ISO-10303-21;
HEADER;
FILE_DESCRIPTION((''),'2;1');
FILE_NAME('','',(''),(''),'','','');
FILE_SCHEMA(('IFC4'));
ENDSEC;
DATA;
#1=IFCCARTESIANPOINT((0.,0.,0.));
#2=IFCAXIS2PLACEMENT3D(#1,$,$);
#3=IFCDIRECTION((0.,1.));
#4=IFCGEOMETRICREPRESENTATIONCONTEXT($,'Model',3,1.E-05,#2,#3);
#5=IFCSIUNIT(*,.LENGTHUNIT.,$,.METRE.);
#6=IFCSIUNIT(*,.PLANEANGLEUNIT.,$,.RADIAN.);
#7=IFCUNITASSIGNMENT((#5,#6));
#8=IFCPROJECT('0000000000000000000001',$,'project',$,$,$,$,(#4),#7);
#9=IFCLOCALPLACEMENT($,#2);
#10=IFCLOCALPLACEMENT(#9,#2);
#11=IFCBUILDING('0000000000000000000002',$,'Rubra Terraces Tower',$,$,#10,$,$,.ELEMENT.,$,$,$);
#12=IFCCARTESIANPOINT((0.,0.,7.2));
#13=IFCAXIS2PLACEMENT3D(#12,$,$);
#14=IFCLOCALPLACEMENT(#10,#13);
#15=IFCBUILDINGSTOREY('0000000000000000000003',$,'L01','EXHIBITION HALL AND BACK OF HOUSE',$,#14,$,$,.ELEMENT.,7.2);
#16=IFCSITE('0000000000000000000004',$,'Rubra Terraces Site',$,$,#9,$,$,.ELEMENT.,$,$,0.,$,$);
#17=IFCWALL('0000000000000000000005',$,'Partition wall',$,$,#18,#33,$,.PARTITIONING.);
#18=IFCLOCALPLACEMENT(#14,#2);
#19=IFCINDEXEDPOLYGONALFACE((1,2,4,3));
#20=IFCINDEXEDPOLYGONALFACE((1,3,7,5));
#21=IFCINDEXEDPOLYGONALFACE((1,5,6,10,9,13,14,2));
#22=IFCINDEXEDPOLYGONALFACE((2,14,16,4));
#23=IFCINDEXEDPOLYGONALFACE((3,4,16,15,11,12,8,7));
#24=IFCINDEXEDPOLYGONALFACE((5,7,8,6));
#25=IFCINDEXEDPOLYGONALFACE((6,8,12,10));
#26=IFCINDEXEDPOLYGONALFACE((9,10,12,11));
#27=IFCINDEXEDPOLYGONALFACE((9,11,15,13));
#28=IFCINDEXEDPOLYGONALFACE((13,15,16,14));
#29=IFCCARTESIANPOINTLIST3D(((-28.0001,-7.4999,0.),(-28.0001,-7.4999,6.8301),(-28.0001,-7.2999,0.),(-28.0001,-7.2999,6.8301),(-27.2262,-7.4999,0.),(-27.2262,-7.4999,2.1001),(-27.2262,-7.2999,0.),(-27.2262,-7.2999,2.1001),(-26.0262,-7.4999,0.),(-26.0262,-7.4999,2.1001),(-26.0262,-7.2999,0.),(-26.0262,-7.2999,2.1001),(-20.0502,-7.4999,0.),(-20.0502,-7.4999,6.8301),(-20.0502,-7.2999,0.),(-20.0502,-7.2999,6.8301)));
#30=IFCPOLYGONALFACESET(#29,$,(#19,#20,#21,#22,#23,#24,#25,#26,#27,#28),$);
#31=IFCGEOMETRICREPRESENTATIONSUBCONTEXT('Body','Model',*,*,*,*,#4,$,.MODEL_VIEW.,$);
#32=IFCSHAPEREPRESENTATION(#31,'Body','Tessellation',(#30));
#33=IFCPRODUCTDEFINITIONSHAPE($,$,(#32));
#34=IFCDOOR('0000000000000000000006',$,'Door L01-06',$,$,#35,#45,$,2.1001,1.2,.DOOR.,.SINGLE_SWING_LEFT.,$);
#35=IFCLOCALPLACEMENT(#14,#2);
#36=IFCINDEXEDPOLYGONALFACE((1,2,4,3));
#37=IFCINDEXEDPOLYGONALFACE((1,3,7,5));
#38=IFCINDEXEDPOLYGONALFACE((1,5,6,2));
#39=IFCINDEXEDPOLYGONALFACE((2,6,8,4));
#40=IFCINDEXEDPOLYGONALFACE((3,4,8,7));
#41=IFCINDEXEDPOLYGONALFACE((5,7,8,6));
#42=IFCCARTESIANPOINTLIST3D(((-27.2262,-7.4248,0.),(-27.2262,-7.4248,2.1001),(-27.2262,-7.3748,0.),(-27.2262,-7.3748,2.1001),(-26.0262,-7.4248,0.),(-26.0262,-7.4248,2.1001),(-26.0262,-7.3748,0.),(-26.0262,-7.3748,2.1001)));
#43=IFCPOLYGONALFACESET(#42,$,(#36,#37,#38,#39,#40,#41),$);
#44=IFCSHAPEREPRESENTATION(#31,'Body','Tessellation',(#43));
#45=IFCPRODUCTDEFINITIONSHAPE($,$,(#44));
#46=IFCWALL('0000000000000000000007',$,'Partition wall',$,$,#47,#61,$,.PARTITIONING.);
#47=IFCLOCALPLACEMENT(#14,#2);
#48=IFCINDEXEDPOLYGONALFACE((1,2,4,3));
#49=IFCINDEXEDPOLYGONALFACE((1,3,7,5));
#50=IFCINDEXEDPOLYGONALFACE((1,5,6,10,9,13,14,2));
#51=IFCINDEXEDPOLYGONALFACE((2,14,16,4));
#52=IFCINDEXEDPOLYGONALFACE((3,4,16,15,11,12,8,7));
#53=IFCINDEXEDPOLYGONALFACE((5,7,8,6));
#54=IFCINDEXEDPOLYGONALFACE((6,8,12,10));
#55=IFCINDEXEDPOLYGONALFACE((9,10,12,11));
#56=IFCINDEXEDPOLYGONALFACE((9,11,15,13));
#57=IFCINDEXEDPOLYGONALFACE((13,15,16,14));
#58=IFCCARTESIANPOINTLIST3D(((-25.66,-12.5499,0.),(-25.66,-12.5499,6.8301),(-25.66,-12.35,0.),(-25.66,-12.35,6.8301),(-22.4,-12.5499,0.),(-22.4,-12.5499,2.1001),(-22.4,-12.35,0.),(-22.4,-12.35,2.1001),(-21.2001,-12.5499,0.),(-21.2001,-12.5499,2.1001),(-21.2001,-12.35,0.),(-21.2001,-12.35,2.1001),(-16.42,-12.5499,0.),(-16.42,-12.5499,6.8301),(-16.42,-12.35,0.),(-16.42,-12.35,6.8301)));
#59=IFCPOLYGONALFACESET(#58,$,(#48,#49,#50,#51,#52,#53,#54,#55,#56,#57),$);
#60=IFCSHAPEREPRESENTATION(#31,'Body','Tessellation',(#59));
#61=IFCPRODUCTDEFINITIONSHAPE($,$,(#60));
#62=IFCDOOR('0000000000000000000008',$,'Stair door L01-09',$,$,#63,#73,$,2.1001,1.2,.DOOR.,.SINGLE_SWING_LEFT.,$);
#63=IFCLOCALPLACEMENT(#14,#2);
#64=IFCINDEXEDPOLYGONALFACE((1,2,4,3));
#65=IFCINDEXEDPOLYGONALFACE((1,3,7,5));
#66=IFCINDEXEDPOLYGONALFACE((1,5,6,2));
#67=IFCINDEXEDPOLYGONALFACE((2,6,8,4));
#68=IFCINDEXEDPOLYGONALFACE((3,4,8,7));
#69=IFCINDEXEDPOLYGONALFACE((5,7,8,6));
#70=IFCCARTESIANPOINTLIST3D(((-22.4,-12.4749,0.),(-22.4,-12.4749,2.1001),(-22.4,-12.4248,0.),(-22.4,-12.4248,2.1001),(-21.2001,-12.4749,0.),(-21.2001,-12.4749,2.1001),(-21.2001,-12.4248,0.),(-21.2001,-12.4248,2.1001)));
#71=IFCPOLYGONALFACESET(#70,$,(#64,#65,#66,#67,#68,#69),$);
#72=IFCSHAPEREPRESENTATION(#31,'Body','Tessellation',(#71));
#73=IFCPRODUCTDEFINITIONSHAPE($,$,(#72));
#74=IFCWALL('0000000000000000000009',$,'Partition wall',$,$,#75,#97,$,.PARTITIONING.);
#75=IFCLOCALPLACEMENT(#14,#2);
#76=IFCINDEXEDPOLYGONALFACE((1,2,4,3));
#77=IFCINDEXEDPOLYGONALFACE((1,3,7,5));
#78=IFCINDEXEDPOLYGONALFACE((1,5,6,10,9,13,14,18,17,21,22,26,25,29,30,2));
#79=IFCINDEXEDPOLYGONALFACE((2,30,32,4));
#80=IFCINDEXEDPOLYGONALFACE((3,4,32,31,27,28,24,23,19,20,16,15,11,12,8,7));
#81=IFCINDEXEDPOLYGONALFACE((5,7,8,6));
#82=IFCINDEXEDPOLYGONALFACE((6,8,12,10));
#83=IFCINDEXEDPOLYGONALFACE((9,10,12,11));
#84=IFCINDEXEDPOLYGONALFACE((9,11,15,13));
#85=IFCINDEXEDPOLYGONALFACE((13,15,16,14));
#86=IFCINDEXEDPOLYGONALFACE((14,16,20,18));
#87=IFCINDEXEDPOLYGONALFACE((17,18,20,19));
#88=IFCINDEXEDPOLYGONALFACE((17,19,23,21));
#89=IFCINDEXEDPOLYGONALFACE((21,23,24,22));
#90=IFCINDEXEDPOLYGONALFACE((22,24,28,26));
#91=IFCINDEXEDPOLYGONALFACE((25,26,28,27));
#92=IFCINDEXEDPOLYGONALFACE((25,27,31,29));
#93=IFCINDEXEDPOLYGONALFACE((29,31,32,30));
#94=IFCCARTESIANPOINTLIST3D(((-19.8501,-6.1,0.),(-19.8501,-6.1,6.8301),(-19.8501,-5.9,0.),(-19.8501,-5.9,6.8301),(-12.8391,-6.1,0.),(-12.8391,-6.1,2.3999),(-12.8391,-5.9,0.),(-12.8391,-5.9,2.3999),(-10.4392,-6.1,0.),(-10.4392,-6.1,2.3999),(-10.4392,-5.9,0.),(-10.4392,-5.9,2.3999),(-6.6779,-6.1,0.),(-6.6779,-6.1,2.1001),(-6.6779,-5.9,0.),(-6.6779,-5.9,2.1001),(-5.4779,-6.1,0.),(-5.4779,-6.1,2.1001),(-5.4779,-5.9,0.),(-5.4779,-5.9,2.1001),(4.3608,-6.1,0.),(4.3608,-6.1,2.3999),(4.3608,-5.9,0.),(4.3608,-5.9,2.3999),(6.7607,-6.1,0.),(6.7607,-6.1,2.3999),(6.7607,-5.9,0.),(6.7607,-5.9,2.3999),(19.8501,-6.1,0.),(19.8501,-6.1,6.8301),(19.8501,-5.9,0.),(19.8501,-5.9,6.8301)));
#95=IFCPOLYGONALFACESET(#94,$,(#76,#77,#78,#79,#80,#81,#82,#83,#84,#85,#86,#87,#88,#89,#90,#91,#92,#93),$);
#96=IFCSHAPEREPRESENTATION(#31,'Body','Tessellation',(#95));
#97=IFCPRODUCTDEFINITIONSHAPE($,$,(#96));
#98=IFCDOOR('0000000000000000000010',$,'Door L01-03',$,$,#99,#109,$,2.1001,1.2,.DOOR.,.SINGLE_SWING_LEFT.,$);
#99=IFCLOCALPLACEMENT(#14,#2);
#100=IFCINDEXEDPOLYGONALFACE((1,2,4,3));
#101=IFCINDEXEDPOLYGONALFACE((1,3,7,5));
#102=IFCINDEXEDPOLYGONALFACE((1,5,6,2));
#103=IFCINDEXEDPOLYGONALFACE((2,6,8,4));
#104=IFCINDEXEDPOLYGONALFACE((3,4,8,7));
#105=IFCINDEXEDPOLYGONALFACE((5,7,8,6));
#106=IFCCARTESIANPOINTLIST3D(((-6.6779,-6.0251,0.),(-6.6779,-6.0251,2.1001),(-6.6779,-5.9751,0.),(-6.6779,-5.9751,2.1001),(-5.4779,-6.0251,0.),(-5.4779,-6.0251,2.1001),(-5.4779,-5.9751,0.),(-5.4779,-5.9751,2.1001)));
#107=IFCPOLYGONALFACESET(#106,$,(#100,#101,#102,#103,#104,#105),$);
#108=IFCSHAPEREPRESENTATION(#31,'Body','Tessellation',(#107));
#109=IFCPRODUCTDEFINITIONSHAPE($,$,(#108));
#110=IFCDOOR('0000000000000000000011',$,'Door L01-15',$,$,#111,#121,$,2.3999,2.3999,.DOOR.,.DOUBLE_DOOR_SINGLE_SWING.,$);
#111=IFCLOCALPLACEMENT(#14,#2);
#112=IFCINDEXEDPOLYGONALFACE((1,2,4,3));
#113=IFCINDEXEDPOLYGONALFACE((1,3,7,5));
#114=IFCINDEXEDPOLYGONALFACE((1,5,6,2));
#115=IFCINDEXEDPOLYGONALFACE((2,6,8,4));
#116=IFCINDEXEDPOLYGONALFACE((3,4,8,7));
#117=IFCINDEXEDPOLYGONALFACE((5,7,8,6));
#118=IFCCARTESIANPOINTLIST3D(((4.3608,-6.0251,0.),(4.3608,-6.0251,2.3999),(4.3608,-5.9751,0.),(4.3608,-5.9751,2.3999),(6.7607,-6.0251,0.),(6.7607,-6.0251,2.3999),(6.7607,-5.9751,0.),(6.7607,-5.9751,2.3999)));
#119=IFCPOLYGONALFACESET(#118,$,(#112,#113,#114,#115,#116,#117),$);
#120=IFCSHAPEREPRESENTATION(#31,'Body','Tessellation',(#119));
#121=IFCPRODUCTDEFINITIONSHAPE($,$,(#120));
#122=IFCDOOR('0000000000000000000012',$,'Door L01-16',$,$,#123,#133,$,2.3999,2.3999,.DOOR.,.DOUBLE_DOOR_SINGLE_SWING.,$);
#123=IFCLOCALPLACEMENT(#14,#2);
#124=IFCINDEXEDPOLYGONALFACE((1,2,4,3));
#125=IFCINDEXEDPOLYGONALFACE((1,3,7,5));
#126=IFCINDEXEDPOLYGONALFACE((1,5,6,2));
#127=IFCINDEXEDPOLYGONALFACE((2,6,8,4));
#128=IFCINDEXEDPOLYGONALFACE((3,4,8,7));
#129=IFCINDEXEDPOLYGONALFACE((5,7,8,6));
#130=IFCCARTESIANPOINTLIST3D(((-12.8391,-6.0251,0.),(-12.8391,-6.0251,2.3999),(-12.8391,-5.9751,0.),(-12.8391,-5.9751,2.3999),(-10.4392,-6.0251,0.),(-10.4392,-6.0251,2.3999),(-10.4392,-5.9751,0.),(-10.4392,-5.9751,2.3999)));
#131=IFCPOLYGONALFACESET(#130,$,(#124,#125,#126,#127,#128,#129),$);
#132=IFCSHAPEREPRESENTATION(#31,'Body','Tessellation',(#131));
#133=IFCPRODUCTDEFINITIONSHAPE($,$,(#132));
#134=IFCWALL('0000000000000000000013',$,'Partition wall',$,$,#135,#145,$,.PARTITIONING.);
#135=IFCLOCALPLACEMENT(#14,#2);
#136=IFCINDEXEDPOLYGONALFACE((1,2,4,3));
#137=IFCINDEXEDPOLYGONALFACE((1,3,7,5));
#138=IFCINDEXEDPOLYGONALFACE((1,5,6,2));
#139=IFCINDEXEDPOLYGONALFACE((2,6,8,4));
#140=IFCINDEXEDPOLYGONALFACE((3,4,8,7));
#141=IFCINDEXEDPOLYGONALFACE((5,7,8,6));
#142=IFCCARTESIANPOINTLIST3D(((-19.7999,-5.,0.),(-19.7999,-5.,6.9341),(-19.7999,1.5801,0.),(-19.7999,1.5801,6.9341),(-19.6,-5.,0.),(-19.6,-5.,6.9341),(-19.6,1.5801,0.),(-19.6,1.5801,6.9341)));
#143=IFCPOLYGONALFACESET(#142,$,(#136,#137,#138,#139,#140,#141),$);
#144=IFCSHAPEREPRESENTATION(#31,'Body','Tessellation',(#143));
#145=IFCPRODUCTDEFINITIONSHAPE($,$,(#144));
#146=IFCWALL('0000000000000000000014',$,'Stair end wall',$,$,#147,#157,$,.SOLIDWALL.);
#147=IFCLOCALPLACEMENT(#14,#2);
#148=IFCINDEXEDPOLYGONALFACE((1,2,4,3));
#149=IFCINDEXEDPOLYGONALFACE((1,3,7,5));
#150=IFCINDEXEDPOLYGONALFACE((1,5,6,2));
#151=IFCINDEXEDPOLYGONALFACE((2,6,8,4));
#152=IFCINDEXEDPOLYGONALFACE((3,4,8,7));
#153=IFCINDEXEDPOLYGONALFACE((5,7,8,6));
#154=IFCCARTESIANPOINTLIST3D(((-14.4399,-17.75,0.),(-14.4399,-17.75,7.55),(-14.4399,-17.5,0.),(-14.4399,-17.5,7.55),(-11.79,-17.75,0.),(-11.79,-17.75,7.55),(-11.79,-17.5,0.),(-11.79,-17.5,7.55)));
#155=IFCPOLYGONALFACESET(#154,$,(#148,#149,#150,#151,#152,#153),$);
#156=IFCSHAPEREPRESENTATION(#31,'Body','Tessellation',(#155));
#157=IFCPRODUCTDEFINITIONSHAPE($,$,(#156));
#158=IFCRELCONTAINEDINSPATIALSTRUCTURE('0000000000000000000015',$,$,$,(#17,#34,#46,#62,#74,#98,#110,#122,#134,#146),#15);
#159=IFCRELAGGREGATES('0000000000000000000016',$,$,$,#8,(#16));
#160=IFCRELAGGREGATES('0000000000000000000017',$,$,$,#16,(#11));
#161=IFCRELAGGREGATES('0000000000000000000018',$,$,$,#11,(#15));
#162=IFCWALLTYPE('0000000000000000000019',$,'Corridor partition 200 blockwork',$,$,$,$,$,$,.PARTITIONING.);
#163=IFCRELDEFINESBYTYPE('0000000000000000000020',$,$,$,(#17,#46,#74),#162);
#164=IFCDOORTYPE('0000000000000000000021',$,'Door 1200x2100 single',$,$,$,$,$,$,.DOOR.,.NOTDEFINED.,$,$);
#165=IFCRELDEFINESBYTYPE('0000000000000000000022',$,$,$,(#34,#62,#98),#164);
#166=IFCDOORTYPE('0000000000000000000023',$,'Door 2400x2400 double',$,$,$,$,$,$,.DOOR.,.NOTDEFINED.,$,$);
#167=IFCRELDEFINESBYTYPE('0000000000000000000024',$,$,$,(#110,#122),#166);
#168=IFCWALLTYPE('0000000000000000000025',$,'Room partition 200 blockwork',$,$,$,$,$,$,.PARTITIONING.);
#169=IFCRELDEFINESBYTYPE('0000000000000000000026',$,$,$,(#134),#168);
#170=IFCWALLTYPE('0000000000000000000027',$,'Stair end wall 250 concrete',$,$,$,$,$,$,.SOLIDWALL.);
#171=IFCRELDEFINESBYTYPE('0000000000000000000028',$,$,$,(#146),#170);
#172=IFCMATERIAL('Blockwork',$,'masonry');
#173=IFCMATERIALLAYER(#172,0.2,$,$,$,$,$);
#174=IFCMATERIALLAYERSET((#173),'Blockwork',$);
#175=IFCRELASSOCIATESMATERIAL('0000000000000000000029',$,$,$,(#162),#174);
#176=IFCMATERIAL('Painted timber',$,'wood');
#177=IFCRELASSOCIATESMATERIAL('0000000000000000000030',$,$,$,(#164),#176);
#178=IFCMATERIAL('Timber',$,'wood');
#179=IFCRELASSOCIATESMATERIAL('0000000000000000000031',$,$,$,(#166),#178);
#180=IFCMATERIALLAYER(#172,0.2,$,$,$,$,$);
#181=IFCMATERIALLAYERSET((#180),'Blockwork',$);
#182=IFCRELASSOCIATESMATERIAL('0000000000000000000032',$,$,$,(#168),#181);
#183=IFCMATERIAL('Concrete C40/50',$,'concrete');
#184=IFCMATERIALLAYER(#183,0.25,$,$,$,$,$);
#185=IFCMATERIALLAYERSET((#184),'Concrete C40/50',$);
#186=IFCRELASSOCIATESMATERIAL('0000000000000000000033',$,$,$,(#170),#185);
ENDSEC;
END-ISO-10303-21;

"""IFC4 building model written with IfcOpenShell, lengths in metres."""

from ifc_helpers import new_model, si_unit, direction, frame, frame_2d, origin, place, context, subcontext, project, spatial, rectangle, extrude, material, layer, layer_set, type_object, element, fill, save


model = new_model("IFC4")

# Units and contexts
model_context = context("Model", 3, precision=1e-05, world=origin(), true_north=direction((0.0, 1.0)))
body_context = subcontext(model_context, "Body", "Model", "MODEL_VIEW")
ifc_project = project(units=[si_unit("LENGTHUNIT", "METRE"), si_unit("PLANEANGLEUNIT", "RADIAN")], contexts=[model_context])

# Site, building, storey
site_placement = place(None, origin())
site = spatial("IfcSite", under=ifc_project, at=site_placement, Name="Rubra Terraces Site", CompositionType="ELEMENT", RefElevation=0.0)
building_placement = place(site_placement, origin())
building = spatial("IfcBuilding", under=site, at=building_placement, Name="Rubra Terraces Tower", CompositionType="ELEMENT")
storey_placement = place(building_placement, frame((0.0, 0.0, 7.2)))
storey = spatial("IfcBuildingStorey", under=building, at=storey_placement, Name="L01", Description="EXHIBITION HALL AND BACK OF HOUSE", CompositionType="ELEMENT", Elevation=7.2)

# Shared definitions
ifc_material_1 = material(Name="Blockwork", Category="masonry")
ifc_layer_1 = layer(ifc_material_1, 0.2)
ifc_layer_set_1 = layer_set([ifc_layer_1], Name="Blockwork")
wall_type_1 = type_object("IfcWallType", Name="Corridor partition 200 blockwork", PredefinedType="PARTITIONING", material=ifc_layer_set_1)

# Walls, openings, doors
wall_1_placement = place(storey_placement, frame((-20.05, -7.3999, 0.0), z_axis=(0.0, 0.0, 1.0), x_axis=(-1.0, 0.0, 0.0)))
wall_1 = element("IfcWall", 1, at=wall_1_placement, inside=storey, type_object=wall_type_1, Name="Partition wall", PredefinedType="PARTITIONING", context=body_context, shape_type="SweptSolid", body=[
    extrude(rectangle(XDim=7.95, YDim=0.2, at=frame_2d((3.9751, 0.0))), origin(), (0.0, 0.0, 1.0), 6.8301),
])
opening_1_placement = place(wall_1_placement, frame((5.9761, 0.0, 0.0)))
opening_1 = element("IfcOpeningElement", 2, at=opening_1_placement, cuts=wall_1, PredefinedType="OPENING", context=body_context, shape_type="SweptSolid", body=[
    extrude(rectangle(XDim=1.2, YDim=2.1001, at=frame_2d((0.6001, 1.05))), frame((0.0, 0.1099, 0.0), z_axis=(0.0, -1.0, 0.0), x_axis=(1.0, 0.0, 0.0)), (0.0, 0.0, 1.0), 0.22),
])
ifc_material_2 = material(Name="Painted timber", Category="wood")
door_type_1 = type_object("IfcDoorType", Name="Door 1200x2100 single", OperationType="NOTDEFINED", PredefinedType="DOOR", material=ifc_material_2)
door_1_placement = place(opening_1_placement, origin())
door_1 = element("IfcDoor", 3, at=door_1_placement, inside=storey, type_object=door_type_1, Name="Door L01-06", OperationType="SINGLE_SWING_LEFT", OverallHeight=2.1001, OverallWidth=1.2, PredefinedType="DOOR", context=body_context, shape_type="SweptSolid", body=[
    extrude(rectangle(XDim=1.2, YDim=2.1001, at=frame_2d((0.6001, 1.05))), frame((0.0, 0.0249, 0.0), z_axis=(0.0, -1.0, 0.0), x_axis=(1.0, 0.0, 0.0)), (0.0, 0.0, 1.0), 0.05),
])
fill(opening_1, door_1)
wall_2_placement = place(storey_placement, frame((-16.4199, -12.45, 0.0), z_axis=(0.0, 0.0, 1.0), x_axis=(-1.0, 0.0, 0.0)))
wall_2 = element("IfcWall", 4, at=wall_2_placement, inside=storey, type_object=wall_type_1, Name="Partition wall", PredefinedType="PARTITIONING", context=body_context, shape_type="SweptSolid", body=[
    extrude(rectangle(XDim=9.24, YDim=0.2, at=frame_2d((4.6201, 0.0))), origin(), (0.0, 0.0, 1.0), 6.8301),
])
opening_2_placement = place(wall_2_placement, frame((4.78, 0.0, 0.0)))
opening_2 = element("IfcOpeningElement", 5, at=opening_2_placement, cuts=wall_2, PredefinedType="OPENING", context=body_context, shape_type="SweptSolid", body=[
    extrude(rectangle(XDim=1.2, YDim=2.1001, at=frame_2d((0.6001, 1.05))), frame((0.0, 0.1099, 0.0), z_axis=(0.0, -1.0, 0.0), x_axis=(1.0, 0.0, 0.0)), (0.0, 0.0, 1.0), 0.22),
])
door_2_placement = place(opening_2_placement, origin())
door_2 = element("IfcDoor", 6, at=door_2_placement, inside=storey, type_object=door_type_1, Name="Stair door L01-09", OperationType="SINGLE_SWING_LEFT", OverallHeight=2.1001, OverallWidth=1.2, PredefinedType="DOOR", context=body_context, shape_type="SweptSolid", body=[
    extrude(rectangle(XDim=1.2, YDim=2.1001, at=frame_2d((0.6001, 1.05))), frame((0.0, 0.0249, 0.0), z_axis=(0.0, -1.0, 0.0), x_axis=(1.0, 0.0, 0.0)), (0.0, 0.0, 1.0), 0.05),
])
fill(opening_2, door_2)

# Wall, openings, doors
wall_3_placement = place(storey_placement, frame((-19.8501, -6.0, 0.0), z_axis=(0.0, 0.0, 1.0), x_axis=(1.0, 0.0, 0.0)))
wall_3 = element("IfcWall", 7, at=wall_3_placement, inside=storey, type_object=wall_type_1, Name="Partition wall", PredefinedType="PARTITIONING", context=body_context, shape_type="SweptSolid", body=[
    extrude(rectangle(XDim=39.7002, YDim=0.2, at=frame_2d((19.8501, 0.0))), origin(), (0.0, 0.0, 1.0), 6.8301),
])
opening_3_placement = place(wall_3_placement, frame((13.1721, 0.0, 0.0)))
opening_3 = element("IfcOpeningElement", 8, at=opening_3_placement, cuts=wall_3, PredefinedType="OPENING", context=body_context, shape_type="SweptSolid", body=[
    extrude(rectangle(XDim=1.2, YDim=2.1001, at=frame_2d((0.6001, 1.05))), frame((0.0, 0.1099, 0.0), z_axis=(0.0, -1.0, 0.0), x_axis=(1.0, 0.0, 0.0)), (0.0, 0.0, 1.0), 0.22),
])
opening_4_placement = place(wall_3_placement, frame((24.2109, 0.0, 0.0)))
opening_4 = element("IfcOpeningElement", 9, at=opening_4_placement, cuts=wall_3, PredefinedType="OPENING", context=body_context, shape_type="SweptSolid", body=[
    extrude(rectangle(XDim=2.3999, YDim=2.3999, at=frame_2d((1.2, 1.2))), frame((0.0, 0.1099, 0.0), z_axis=(0.0, -1.0, 0.0), x_axis=(1.0, 0.0, 0.0)), (0.0, 0.0, 1.0), 0.22),
])
opening_5_placement = place(wall_3_placement, frame((7.011, 0.0, 0.0)))
opening_5 = element("IfcOpeningElement", 10, at=opening_5_placement, cuts=wall_3, PredefinedType="OPENING", context=body_context, shape_type="SweptSolid", body=[
    extrude(rectangle(XDim=2.3999, YDim=2.3999, at=frame_2d((1.2, 1.2))), frame((0.0, 0.1099, 0.0), z_axis=(0.0, -1.0, 0.0), x_axis=(1.0, 0.0, 0.0)), (0.0, 0.0, 1.0), 0.22),
])
door_3_placement = place(opening_3_placement, origin())
door_3 = element("IfcDoor", 11, at=door_3_placement, inside=storey, type_object=door_type_1, Name="Door L01-03", OperationType="SINGLE_SWING_LEFT", OverallHeight=2.1001, OverallWidth=1.2, PredefinedType="DOOR", context=body_context, shape_type="SweptSolid", body=[
    extrude(rectangle(XDim=1.2, YDim=2.1001, at=frame_2d((0.6001, 1.05))), frame((0.0, 0.0249, 0.0), z_axis=(0.0, -1.0, 0.0), x_axis=(1.0, 0.0, 0.0)), (0.0, 0.0, 1.0), 0.05),
])
fill(opening_3, door_3)
ifc_material_3 = material(Name="Timber", Category="wood")
door_type_2 = type_object("IfcDoorType", Name="Door 2400x2400 double", OperationType="NOTDEFINED", PredefinedType="DOOR", material=ifc_material_3)
door_4_placement = place(opening_4_placement, origin())
door_4 = element("IfcDoor", 12, at=door_4_placement, inside=storey, type_object=door_type_2, Name="Door L01-15", OperationType="DOUBLE_DOOR_SINGLE_SWING", OverallHeight=2.3999, OverallWidth=2.3999, PredefinedType="DOOR", context=body_context, shape_type="SweptSolid", body=[
    extrude(rectangle(XDim=2.3999, YDim=2.3999, at=frame_2d((1.2, 1.2))), frame((0.0, 0.0249, 0.0), z_axis=(0.0, -1.0, 0.0), x_axis=(1.0, 0.0, 0.0)), (0.0, 0.0, 1.0), 0.05),
])
fill(opening_4, door_4)
door_5_placement = place(opening_5_placement, origin())
door_5 = element("IfcDoor", 13, at=door_5_placement, inside=storey, type_object=door_type_2, Name="Door L01-16", OperationType="DOUBLE_DOOR_SINGLE_SWING", OverallHeight=2.3999, OverallWidth=2.3999, PredefinedType="DOOR", context=body_context, shape_type="SweptSolid", body=[
    extrude(rectangle(XDim=2.3999, YDim=2.3999, at=frame_2d((1.2, 1.2))), frame((0.0, 0.0249, 0.0), z_axis=(0.0, -1.0, 0.0), x_axis=(1.0, 0.0, 0.0)), (0.0, 0.0, 1.0), 0.05),
])
fill(opening_5, door_5)

# Walls
ifc_layer_2 = layer(ifc_material_1, 0.2)
ifc_layer_set_2 = layer_set([ifc_layer_2], Name="Blockwork")
wall_type_2 = type_object("IfcWallType", Name="Room partition 200 blockwork", PredefinedType="PARTITIONING", material=ifc_layer_set_2)
wall_4_placement = place(storey_placement, frame((-19.7, -5.0, 0.0), z_axis=(0.0, 0.0, 1.0), x_axis=(0.0, 1.0, 0.0)))
element("IfcWall", 14, at=wall_4_placement, inside=storey, type_object=wall_type_2, Name="Partition wall", PredefinedType="PARTITIONING", context=body_context, shape_type="SweptSolid", body=[
    extrude(rectangle(XDim=6.5801, YDim=0.2, at=frame_2d((3.29, 0.0))), origin(), (0.0, 0.0, 1.0), 6.9341),
])
ifc_material_4 = material(Name="Concrete C40/50", Category="concrete")
ifc_layer_3 = layer(ifc_material_4, 0.25)
ifc_layer_set_3 = layer_set([ifc_layer_3], Name="Concrete C40/50")
wall_type_3 = type_object("IfcWallType", Name="Stair end wall 250 concrete", PredefinedType="SOLIDWALL", material=ifc_layer_set_3)
wall_5_placement = place(storey_placement, frame((-14.4399, -17.625, 0.0), z_axis=(0.0, 0.0, 1.0), x_axis=(1.0, 0.0, 0.0)))
element("IfcWall", 15, at=wall_5_placement, inside=storey, type_object=wall_type_3, Name="Stair end wall", PredefinedType="SOLIDWALL", context=body_context, shape_type="SweptSolid", body=[
    extrude(rectangle(XDim=2.6499, YDim=0.25, at=frame_2d((1.325, 0.0))), origin(), (0.0, 0.0, 1.0), 7.55),
])

save(model, "model.ifc")
